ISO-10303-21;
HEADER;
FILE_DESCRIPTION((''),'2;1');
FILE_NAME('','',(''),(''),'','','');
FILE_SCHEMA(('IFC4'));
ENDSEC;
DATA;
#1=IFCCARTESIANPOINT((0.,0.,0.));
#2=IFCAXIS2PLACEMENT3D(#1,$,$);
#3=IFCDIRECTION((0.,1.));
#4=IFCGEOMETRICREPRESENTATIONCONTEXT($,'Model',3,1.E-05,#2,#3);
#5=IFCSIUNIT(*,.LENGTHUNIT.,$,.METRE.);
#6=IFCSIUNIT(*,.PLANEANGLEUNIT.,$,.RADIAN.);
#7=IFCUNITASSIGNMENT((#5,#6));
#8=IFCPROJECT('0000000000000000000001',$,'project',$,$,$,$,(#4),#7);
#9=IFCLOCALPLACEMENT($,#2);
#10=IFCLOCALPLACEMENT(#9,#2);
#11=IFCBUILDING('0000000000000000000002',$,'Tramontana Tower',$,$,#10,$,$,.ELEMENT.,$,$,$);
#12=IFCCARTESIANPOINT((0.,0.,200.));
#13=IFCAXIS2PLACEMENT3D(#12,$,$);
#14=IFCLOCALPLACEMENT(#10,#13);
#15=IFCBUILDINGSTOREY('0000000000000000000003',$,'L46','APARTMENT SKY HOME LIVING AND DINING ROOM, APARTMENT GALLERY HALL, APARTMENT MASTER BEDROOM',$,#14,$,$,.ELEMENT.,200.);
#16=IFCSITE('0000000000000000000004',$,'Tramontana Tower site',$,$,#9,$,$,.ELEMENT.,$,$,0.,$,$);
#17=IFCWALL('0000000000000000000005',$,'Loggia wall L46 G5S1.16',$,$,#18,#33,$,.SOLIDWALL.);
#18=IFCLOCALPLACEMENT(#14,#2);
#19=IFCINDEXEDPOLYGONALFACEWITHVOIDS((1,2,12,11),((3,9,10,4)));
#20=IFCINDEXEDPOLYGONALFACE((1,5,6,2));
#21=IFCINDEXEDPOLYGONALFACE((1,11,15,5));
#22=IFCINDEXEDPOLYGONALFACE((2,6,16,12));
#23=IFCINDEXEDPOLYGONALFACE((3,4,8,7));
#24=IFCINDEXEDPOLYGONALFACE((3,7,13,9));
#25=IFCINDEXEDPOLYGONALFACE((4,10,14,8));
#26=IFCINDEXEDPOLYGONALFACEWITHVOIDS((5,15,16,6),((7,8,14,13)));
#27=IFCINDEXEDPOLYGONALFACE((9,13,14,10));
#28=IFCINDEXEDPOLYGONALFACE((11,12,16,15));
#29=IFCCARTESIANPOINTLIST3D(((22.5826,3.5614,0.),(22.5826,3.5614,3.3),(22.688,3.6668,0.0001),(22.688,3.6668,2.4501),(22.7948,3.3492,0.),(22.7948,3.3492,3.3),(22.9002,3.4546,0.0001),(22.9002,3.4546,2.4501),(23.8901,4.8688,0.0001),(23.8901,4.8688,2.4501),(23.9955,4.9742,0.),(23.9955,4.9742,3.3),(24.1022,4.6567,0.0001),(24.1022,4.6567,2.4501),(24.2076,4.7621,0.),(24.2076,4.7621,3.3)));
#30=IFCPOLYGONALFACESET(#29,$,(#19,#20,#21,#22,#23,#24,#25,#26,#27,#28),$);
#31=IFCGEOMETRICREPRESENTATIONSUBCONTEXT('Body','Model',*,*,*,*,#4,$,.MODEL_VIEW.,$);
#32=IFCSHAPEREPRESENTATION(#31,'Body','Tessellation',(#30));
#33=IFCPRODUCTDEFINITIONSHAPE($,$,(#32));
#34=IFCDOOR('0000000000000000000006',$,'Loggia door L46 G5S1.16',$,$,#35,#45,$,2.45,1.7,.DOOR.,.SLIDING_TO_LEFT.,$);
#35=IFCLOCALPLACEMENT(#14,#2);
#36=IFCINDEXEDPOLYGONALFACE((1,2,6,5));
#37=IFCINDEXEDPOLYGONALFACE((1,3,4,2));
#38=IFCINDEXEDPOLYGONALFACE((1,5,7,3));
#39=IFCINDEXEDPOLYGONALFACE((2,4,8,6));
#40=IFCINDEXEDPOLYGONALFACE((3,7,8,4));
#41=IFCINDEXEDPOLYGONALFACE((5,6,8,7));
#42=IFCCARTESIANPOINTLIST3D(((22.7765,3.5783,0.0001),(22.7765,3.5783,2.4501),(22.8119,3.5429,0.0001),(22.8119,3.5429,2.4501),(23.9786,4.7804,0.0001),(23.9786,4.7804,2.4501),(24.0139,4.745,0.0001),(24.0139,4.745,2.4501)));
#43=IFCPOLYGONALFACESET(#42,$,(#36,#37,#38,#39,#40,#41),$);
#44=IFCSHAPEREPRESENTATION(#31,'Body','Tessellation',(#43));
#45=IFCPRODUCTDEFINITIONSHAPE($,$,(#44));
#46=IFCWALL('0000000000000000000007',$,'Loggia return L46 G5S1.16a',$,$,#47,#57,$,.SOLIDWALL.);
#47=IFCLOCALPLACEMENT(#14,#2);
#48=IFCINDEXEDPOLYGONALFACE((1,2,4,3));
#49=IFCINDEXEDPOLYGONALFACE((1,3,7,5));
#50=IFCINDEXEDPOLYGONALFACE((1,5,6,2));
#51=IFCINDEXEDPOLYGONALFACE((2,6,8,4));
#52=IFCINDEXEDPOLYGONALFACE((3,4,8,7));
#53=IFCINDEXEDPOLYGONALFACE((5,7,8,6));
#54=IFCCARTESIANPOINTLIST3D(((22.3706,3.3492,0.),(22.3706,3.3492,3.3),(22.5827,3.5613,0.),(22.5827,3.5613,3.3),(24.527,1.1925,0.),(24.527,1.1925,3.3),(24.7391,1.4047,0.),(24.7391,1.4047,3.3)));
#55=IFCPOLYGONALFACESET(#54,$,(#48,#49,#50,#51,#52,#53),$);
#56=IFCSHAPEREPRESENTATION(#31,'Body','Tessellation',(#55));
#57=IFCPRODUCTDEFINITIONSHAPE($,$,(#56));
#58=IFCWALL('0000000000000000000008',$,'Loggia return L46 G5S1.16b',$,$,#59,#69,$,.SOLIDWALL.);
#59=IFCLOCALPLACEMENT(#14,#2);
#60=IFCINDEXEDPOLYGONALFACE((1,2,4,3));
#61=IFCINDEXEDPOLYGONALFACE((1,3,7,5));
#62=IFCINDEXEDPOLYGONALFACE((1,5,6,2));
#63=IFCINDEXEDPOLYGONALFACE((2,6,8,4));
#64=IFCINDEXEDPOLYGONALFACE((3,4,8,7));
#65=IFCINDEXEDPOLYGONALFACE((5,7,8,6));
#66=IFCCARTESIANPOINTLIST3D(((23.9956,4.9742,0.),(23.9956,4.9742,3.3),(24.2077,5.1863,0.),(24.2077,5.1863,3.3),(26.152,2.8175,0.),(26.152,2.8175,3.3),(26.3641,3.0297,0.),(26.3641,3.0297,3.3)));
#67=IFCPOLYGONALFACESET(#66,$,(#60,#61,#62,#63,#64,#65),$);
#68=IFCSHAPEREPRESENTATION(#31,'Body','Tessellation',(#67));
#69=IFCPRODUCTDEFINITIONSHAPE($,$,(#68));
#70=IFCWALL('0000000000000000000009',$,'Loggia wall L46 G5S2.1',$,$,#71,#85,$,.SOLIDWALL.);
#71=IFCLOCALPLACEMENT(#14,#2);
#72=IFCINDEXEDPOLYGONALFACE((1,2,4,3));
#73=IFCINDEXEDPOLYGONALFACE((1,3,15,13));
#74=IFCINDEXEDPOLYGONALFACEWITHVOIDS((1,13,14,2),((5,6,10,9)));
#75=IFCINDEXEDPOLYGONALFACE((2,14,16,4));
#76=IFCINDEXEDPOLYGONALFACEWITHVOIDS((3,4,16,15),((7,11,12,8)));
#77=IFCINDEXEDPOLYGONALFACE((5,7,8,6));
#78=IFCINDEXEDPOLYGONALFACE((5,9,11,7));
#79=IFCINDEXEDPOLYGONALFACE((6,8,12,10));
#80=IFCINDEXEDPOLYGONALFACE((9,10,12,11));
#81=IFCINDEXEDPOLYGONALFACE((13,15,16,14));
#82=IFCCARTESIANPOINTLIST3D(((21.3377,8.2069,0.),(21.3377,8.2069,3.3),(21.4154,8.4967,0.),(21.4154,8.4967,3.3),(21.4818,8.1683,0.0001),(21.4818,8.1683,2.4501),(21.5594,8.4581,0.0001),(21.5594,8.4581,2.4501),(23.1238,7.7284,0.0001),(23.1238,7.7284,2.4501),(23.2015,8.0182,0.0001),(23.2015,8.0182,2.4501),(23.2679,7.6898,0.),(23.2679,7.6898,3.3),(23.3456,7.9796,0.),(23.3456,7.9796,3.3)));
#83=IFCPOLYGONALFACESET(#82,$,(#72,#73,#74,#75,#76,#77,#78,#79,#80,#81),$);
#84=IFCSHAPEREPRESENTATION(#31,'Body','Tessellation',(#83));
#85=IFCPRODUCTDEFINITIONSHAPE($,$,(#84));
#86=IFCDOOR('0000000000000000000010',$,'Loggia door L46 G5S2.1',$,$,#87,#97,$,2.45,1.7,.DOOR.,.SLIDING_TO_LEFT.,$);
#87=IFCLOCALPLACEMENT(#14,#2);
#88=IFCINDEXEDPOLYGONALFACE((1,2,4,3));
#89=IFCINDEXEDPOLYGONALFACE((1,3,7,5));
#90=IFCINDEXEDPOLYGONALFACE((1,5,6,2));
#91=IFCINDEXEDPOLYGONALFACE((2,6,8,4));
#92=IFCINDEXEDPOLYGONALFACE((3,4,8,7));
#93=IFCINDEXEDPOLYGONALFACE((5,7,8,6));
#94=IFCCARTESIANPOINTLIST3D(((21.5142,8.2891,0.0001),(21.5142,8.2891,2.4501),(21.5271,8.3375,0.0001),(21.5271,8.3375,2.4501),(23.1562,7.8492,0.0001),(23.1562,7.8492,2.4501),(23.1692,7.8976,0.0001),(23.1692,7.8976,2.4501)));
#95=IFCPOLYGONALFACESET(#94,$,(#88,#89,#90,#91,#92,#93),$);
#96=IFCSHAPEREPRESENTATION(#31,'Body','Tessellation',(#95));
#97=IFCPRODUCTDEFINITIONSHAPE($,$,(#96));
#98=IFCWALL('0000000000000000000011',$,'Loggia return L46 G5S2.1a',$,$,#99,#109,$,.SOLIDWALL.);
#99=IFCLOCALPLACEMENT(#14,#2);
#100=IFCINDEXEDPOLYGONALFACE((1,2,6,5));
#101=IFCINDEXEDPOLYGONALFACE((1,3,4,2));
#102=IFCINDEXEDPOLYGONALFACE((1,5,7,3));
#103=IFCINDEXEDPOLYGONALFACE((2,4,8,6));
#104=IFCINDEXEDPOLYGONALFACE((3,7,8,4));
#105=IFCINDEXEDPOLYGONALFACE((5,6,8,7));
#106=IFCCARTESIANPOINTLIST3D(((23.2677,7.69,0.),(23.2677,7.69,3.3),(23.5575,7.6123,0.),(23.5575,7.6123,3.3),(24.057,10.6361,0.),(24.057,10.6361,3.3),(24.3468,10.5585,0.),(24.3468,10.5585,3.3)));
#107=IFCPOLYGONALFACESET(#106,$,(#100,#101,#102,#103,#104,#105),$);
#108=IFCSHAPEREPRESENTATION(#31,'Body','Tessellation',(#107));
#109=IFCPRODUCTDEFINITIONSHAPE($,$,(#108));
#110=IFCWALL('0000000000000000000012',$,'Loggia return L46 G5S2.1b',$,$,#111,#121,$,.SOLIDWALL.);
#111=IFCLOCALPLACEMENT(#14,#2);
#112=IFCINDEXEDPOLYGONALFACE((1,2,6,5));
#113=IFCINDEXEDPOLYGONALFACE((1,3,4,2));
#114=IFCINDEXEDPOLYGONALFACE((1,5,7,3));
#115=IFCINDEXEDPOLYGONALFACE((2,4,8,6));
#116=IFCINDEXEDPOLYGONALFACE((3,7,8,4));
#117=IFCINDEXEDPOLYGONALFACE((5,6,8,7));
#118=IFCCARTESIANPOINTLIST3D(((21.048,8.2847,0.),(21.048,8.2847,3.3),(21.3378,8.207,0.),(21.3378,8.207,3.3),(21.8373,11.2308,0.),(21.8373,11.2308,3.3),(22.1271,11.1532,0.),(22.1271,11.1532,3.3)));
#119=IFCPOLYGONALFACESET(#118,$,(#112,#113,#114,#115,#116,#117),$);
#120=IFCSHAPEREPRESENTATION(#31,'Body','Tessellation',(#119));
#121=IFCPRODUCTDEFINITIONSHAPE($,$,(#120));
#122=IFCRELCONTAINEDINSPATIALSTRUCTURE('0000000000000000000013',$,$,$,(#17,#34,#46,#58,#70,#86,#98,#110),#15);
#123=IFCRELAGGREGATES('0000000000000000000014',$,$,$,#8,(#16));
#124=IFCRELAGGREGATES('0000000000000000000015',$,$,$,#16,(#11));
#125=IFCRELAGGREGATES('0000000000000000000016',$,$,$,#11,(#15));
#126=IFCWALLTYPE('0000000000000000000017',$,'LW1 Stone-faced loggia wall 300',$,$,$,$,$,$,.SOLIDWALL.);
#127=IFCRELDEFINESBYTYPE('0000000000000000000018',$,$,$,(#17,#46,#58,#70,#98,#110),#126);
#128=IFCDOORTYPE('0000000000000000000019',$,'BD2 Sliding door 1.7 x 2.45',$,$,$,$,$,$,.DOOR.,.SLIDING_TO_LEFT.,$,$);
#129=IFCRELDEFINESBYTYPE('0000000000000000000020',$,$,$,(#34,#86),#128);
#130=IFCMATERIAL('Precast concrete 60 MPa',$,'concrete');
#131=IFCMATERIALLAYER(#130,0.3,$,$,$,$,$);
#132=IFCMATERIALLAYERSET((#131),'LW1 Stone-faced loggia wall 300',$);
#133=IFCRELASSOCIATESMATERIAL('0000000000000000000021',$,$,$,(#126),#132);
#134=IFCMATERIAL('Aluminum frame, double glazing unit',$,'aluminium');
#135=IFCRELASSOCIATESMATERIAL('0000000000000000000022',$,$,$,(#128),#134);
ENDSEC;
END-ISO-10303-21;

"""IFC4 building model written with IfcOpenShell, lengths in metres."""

from ifc_helpers import new_model, si_unit, direction, frame, frame_2d, origin, place, context, subcontext, project, spatial, rectangle, extrude, material, layer, layer_set, type_object, element, fill, save


model = new_model("IFC4")

# Units and contexts
model_context = context("Model", 3, precision=1e-05, world=origin(), true_north=direction((0.0, 1.0)))
body_context = subcontext(model_context, "Body", "Model", "MODEL_VIEW")
ifc_project = project(units=[si_unit("LENGTHUNIT", "METRE"), si_unit("PLANEANGLEUNIT", "RADIAN")], contexts=[model_context])

# Site, building, storey
site_placement = place(None, origin())
site = spatial("IfcSite", under=ifc_project, at=site_placement, Name="Tramontana Tower site", CompositionType="ELEMENT", RefElevation=0.0)
building_placement = place(site_placement, origin())
building = spatial("IfcBuilding", under=site, at=building_placement, Name="Tramontana Tower", CompositionType="ELEMENT")
storey_placement = place(building_placement, frame((0.0, 0.0, 200.0)))
storey = spatial("IfcBuildingStorey", under=building, at=storey_placement, Name="L46", Description="APARTMENT SKY HOME LIVING AND DINING ROOM, APARTMENT GALLERY HALL, APARTMENT MASTER BEDROOM", CompositionType="ELEMENT", Elevation=200.0)

# Wall, opening, door
ifc_material_1 = material(Name="Precast concrete 60 MPa", Category="concrete")
ifc_layer_1 = layer(ifc_material_1, 0.3)
ifc_layer_set_1 = layer_set([ifc_layer_1], Name="LW1 Stone-faced loggia wall 300")
wall_type_1 = type_object("IfcWallType", Name="LW1 Stone-faced loggia wall 300", PredefinedType="SOLIDWALL", material=ifc_layer_set_1)
wall_1_placement = place(storey_placement, frame((22.6887, 3.4553, 0.0), z_axis=(0.0, 0.0, 1.0), x_axis=(0.707107, 0.707107, 0.0)))
wall_1 = element("IfcWall", 1, at=wall_1_placement, inside=storey, type_object=wall_type_1, Name="Loggia wall L46 G5S1.16", PredefinedType="SOLIDWALL", context=body_context, shape_type="SweptSolid", body=[
    extrude(rectangle(XDim=1.998, YDim=0.3, at=frame_2d((0.999, 0.0))), origin(), (0.0, 0.0, 1.0), 3.3),
])
opening_1_placement = place(wall_1_placement, frame((0.1489, 0.0, 0.0)))
opening_1 = element("IfcOpeningElement", 2, at=opening_1_placement, cuts=wall_1, PredefinedType="OPENING", context=body_context, shape_type="SweptSolid", body=[
    extrude(rectangle(XDim=1.7, YDim=2.45, at=frame_2d((0.8501, 1.2251))), frame((0.0, 0.1599, 0.0), z_axis=(0.0, -1.0, 0.0), x_axis=(1.0, 0.0, 0.0)), (0.0, 0.0, 1.0), 0.3201),
])
ifc_material_2 = material(Name="Aluminum frame, double glazing unit", Category="aluminium")
door_type_1 = type_object("IfcDoorType", Name="BD2 Sliding door 1.7 x 2.45", OperationType="SLIDING_TO_LEFT", PredefinedType="DOOR", material=ifc_material_2)
door_1_placement = place(opening_1_placement, origin())
door_1 = element("IfcDoor", 3, at=door_1_placement, inside=storey, type_object=door_type_1, Name="Loggia door L46 G5S1.16", OperationType="SLIDING_TO_LEFT", OverallHeight=2.45, OverallWidth=1.7, PredefinedType="DOOR", context=body_context, shape_type="SweptSolid", body=[
    extrude(rectangle(XDim=1.7, YDim=2.45, at=frame_2d((0.8501, 1.2251))), frame((0.0, 0.0249, 0.0), z_axis=(0.0, -1.0, 0.0), x_axis=(1.0, 0.0, 0.0)), (0.0, 0.0, 1.0), 0.05),
])
fill(opening_1, door_1)

# Walls
for number, where, z_axis, x_axis, name in (
    (4, (24.6331, 1.2986, 0.0), (0.0, 0.0, 1.0), (-0.707067, 0.707147, 0.0), "Loggia return L46 G5S1.16a"),
    (5, (26.2581, 2.9236, 0.0), (0.0, 0.0, 1.0), (-0.707067, 0.707147, 0.0), "Loggia return L46 G5S1.16b"),
):
    element("IfcWall", number, at=place(storey_placement, frame(where, z_axis=z_axis, x_axis=x_axis)), inside=storey, type_object=wall_type_1, Name=name, PredefinedType="SOLIDWALL", context=body_context, shape_type="SweptSolid", body=[
        extrude(rectangle(XDim=3.0498, YDim=0.3, at=frame_2d((1.5249, 0.0))), origin(), (0.0, 0.0, 1.0), 3.3),
    ])

# Wall, opening, door
wall_2_placement = place(storey_placement, frame((23.3066, 7.8347, 0.0), z_axis=(0.0, 0.0, 1.0), x_axis=(-0.965938, 0.258773, 0.0)))
wall_2 = element("IfcWall", 6, at=wall_2_placement, inside=storey, type_object=wall_type_1, Name="Loggia wall L46 G5S2.1", PredefinedType="SOLIDWALL", context=body_context, shape_type="SweptSolid", body=[
    extrude(rectangle(XDim=1.9983, YDim=0.3, at=frame_2d((0.999, 0.0))), origin(), (0.0, 0.0, 1.0), 3.3),
])
opening_2_placement = place(wall_2_placement, frame((0.1489, 0.0, 0.0)))
opening_2 = element("IfcOpeningElement", 7, at=opening_2_placement, cuts=wall_2, PredefinedType="OPENING", context=body_context, shape_type="SweptSolid", body=[
    extrude(rectangle(XDim=1.7, YDim=2.45, at=frame_2d((0.8501, 1.2251))), frame((0.0, 0.1599, 0.0), z_axis=(0.0, -1.0, 0.0), x_axis=(1.0, 0.0, 0.0)), (0.0, 0.0, 1.0), 0.3201),
])
door_2_placement = place(opening_2_placement, origin())
door_2 = element("IfcDoor", 8, at=door_2_placement, inside=storey, type_object=door_type_1, Name="Loggia door L46 G5S2.1", OperationType="SLIDING_TO_LEFT", OverallHeight=2.45, OverallWidth=1.7, PredefinedType="DOOR", context=body_context, shape_type="SweptSolid", body=[
    extrude(rectangle(XDim=1.7, YDim=2.45, at=frame_2d((0.8501, 1.2251))), frame((0.0, 0.0249, 0.0), z_axis=(0.0, -1.0, 0.0), x_axis=(1.0, 0.0, 0.0)), (0.0, 0.0, 1.0), 0.05),
])
fill(opening_2, door_2)

# Walls
for number, where, z_axis, x_axis, name in (
    (9, (24.2019, 10.5972, 0.0), (0.0, 0.0, 1.0), (-0.258793, -0.965933, 0.0), "Loggia return L46 G5S2.1a"),
    (10, (21.9822, 11.1919, 0.0), (0.0, 0.0, 1.0), (-0.258793, -0.965933, 0.0), "Loggia return L46 G5S2.1b"),
):
    element("IfcWall", number, at=place(storey_placement, frame(where, z_axis=z_axis, x_axis=x_axis)), inside=storey, type_object=wall_type_1, Name=name, PredefinedType="SOLIDWALL", context=body_context, shape_type="SweptSolid", body=[
        extrude(rectangle(XDim=3.05, YDim=0.3, at=frame_2d((1.5249, 0.0))), origin(), (0.0, 0.0, 1.0), 3.3),
    ])

save(model, "model.ifc")
